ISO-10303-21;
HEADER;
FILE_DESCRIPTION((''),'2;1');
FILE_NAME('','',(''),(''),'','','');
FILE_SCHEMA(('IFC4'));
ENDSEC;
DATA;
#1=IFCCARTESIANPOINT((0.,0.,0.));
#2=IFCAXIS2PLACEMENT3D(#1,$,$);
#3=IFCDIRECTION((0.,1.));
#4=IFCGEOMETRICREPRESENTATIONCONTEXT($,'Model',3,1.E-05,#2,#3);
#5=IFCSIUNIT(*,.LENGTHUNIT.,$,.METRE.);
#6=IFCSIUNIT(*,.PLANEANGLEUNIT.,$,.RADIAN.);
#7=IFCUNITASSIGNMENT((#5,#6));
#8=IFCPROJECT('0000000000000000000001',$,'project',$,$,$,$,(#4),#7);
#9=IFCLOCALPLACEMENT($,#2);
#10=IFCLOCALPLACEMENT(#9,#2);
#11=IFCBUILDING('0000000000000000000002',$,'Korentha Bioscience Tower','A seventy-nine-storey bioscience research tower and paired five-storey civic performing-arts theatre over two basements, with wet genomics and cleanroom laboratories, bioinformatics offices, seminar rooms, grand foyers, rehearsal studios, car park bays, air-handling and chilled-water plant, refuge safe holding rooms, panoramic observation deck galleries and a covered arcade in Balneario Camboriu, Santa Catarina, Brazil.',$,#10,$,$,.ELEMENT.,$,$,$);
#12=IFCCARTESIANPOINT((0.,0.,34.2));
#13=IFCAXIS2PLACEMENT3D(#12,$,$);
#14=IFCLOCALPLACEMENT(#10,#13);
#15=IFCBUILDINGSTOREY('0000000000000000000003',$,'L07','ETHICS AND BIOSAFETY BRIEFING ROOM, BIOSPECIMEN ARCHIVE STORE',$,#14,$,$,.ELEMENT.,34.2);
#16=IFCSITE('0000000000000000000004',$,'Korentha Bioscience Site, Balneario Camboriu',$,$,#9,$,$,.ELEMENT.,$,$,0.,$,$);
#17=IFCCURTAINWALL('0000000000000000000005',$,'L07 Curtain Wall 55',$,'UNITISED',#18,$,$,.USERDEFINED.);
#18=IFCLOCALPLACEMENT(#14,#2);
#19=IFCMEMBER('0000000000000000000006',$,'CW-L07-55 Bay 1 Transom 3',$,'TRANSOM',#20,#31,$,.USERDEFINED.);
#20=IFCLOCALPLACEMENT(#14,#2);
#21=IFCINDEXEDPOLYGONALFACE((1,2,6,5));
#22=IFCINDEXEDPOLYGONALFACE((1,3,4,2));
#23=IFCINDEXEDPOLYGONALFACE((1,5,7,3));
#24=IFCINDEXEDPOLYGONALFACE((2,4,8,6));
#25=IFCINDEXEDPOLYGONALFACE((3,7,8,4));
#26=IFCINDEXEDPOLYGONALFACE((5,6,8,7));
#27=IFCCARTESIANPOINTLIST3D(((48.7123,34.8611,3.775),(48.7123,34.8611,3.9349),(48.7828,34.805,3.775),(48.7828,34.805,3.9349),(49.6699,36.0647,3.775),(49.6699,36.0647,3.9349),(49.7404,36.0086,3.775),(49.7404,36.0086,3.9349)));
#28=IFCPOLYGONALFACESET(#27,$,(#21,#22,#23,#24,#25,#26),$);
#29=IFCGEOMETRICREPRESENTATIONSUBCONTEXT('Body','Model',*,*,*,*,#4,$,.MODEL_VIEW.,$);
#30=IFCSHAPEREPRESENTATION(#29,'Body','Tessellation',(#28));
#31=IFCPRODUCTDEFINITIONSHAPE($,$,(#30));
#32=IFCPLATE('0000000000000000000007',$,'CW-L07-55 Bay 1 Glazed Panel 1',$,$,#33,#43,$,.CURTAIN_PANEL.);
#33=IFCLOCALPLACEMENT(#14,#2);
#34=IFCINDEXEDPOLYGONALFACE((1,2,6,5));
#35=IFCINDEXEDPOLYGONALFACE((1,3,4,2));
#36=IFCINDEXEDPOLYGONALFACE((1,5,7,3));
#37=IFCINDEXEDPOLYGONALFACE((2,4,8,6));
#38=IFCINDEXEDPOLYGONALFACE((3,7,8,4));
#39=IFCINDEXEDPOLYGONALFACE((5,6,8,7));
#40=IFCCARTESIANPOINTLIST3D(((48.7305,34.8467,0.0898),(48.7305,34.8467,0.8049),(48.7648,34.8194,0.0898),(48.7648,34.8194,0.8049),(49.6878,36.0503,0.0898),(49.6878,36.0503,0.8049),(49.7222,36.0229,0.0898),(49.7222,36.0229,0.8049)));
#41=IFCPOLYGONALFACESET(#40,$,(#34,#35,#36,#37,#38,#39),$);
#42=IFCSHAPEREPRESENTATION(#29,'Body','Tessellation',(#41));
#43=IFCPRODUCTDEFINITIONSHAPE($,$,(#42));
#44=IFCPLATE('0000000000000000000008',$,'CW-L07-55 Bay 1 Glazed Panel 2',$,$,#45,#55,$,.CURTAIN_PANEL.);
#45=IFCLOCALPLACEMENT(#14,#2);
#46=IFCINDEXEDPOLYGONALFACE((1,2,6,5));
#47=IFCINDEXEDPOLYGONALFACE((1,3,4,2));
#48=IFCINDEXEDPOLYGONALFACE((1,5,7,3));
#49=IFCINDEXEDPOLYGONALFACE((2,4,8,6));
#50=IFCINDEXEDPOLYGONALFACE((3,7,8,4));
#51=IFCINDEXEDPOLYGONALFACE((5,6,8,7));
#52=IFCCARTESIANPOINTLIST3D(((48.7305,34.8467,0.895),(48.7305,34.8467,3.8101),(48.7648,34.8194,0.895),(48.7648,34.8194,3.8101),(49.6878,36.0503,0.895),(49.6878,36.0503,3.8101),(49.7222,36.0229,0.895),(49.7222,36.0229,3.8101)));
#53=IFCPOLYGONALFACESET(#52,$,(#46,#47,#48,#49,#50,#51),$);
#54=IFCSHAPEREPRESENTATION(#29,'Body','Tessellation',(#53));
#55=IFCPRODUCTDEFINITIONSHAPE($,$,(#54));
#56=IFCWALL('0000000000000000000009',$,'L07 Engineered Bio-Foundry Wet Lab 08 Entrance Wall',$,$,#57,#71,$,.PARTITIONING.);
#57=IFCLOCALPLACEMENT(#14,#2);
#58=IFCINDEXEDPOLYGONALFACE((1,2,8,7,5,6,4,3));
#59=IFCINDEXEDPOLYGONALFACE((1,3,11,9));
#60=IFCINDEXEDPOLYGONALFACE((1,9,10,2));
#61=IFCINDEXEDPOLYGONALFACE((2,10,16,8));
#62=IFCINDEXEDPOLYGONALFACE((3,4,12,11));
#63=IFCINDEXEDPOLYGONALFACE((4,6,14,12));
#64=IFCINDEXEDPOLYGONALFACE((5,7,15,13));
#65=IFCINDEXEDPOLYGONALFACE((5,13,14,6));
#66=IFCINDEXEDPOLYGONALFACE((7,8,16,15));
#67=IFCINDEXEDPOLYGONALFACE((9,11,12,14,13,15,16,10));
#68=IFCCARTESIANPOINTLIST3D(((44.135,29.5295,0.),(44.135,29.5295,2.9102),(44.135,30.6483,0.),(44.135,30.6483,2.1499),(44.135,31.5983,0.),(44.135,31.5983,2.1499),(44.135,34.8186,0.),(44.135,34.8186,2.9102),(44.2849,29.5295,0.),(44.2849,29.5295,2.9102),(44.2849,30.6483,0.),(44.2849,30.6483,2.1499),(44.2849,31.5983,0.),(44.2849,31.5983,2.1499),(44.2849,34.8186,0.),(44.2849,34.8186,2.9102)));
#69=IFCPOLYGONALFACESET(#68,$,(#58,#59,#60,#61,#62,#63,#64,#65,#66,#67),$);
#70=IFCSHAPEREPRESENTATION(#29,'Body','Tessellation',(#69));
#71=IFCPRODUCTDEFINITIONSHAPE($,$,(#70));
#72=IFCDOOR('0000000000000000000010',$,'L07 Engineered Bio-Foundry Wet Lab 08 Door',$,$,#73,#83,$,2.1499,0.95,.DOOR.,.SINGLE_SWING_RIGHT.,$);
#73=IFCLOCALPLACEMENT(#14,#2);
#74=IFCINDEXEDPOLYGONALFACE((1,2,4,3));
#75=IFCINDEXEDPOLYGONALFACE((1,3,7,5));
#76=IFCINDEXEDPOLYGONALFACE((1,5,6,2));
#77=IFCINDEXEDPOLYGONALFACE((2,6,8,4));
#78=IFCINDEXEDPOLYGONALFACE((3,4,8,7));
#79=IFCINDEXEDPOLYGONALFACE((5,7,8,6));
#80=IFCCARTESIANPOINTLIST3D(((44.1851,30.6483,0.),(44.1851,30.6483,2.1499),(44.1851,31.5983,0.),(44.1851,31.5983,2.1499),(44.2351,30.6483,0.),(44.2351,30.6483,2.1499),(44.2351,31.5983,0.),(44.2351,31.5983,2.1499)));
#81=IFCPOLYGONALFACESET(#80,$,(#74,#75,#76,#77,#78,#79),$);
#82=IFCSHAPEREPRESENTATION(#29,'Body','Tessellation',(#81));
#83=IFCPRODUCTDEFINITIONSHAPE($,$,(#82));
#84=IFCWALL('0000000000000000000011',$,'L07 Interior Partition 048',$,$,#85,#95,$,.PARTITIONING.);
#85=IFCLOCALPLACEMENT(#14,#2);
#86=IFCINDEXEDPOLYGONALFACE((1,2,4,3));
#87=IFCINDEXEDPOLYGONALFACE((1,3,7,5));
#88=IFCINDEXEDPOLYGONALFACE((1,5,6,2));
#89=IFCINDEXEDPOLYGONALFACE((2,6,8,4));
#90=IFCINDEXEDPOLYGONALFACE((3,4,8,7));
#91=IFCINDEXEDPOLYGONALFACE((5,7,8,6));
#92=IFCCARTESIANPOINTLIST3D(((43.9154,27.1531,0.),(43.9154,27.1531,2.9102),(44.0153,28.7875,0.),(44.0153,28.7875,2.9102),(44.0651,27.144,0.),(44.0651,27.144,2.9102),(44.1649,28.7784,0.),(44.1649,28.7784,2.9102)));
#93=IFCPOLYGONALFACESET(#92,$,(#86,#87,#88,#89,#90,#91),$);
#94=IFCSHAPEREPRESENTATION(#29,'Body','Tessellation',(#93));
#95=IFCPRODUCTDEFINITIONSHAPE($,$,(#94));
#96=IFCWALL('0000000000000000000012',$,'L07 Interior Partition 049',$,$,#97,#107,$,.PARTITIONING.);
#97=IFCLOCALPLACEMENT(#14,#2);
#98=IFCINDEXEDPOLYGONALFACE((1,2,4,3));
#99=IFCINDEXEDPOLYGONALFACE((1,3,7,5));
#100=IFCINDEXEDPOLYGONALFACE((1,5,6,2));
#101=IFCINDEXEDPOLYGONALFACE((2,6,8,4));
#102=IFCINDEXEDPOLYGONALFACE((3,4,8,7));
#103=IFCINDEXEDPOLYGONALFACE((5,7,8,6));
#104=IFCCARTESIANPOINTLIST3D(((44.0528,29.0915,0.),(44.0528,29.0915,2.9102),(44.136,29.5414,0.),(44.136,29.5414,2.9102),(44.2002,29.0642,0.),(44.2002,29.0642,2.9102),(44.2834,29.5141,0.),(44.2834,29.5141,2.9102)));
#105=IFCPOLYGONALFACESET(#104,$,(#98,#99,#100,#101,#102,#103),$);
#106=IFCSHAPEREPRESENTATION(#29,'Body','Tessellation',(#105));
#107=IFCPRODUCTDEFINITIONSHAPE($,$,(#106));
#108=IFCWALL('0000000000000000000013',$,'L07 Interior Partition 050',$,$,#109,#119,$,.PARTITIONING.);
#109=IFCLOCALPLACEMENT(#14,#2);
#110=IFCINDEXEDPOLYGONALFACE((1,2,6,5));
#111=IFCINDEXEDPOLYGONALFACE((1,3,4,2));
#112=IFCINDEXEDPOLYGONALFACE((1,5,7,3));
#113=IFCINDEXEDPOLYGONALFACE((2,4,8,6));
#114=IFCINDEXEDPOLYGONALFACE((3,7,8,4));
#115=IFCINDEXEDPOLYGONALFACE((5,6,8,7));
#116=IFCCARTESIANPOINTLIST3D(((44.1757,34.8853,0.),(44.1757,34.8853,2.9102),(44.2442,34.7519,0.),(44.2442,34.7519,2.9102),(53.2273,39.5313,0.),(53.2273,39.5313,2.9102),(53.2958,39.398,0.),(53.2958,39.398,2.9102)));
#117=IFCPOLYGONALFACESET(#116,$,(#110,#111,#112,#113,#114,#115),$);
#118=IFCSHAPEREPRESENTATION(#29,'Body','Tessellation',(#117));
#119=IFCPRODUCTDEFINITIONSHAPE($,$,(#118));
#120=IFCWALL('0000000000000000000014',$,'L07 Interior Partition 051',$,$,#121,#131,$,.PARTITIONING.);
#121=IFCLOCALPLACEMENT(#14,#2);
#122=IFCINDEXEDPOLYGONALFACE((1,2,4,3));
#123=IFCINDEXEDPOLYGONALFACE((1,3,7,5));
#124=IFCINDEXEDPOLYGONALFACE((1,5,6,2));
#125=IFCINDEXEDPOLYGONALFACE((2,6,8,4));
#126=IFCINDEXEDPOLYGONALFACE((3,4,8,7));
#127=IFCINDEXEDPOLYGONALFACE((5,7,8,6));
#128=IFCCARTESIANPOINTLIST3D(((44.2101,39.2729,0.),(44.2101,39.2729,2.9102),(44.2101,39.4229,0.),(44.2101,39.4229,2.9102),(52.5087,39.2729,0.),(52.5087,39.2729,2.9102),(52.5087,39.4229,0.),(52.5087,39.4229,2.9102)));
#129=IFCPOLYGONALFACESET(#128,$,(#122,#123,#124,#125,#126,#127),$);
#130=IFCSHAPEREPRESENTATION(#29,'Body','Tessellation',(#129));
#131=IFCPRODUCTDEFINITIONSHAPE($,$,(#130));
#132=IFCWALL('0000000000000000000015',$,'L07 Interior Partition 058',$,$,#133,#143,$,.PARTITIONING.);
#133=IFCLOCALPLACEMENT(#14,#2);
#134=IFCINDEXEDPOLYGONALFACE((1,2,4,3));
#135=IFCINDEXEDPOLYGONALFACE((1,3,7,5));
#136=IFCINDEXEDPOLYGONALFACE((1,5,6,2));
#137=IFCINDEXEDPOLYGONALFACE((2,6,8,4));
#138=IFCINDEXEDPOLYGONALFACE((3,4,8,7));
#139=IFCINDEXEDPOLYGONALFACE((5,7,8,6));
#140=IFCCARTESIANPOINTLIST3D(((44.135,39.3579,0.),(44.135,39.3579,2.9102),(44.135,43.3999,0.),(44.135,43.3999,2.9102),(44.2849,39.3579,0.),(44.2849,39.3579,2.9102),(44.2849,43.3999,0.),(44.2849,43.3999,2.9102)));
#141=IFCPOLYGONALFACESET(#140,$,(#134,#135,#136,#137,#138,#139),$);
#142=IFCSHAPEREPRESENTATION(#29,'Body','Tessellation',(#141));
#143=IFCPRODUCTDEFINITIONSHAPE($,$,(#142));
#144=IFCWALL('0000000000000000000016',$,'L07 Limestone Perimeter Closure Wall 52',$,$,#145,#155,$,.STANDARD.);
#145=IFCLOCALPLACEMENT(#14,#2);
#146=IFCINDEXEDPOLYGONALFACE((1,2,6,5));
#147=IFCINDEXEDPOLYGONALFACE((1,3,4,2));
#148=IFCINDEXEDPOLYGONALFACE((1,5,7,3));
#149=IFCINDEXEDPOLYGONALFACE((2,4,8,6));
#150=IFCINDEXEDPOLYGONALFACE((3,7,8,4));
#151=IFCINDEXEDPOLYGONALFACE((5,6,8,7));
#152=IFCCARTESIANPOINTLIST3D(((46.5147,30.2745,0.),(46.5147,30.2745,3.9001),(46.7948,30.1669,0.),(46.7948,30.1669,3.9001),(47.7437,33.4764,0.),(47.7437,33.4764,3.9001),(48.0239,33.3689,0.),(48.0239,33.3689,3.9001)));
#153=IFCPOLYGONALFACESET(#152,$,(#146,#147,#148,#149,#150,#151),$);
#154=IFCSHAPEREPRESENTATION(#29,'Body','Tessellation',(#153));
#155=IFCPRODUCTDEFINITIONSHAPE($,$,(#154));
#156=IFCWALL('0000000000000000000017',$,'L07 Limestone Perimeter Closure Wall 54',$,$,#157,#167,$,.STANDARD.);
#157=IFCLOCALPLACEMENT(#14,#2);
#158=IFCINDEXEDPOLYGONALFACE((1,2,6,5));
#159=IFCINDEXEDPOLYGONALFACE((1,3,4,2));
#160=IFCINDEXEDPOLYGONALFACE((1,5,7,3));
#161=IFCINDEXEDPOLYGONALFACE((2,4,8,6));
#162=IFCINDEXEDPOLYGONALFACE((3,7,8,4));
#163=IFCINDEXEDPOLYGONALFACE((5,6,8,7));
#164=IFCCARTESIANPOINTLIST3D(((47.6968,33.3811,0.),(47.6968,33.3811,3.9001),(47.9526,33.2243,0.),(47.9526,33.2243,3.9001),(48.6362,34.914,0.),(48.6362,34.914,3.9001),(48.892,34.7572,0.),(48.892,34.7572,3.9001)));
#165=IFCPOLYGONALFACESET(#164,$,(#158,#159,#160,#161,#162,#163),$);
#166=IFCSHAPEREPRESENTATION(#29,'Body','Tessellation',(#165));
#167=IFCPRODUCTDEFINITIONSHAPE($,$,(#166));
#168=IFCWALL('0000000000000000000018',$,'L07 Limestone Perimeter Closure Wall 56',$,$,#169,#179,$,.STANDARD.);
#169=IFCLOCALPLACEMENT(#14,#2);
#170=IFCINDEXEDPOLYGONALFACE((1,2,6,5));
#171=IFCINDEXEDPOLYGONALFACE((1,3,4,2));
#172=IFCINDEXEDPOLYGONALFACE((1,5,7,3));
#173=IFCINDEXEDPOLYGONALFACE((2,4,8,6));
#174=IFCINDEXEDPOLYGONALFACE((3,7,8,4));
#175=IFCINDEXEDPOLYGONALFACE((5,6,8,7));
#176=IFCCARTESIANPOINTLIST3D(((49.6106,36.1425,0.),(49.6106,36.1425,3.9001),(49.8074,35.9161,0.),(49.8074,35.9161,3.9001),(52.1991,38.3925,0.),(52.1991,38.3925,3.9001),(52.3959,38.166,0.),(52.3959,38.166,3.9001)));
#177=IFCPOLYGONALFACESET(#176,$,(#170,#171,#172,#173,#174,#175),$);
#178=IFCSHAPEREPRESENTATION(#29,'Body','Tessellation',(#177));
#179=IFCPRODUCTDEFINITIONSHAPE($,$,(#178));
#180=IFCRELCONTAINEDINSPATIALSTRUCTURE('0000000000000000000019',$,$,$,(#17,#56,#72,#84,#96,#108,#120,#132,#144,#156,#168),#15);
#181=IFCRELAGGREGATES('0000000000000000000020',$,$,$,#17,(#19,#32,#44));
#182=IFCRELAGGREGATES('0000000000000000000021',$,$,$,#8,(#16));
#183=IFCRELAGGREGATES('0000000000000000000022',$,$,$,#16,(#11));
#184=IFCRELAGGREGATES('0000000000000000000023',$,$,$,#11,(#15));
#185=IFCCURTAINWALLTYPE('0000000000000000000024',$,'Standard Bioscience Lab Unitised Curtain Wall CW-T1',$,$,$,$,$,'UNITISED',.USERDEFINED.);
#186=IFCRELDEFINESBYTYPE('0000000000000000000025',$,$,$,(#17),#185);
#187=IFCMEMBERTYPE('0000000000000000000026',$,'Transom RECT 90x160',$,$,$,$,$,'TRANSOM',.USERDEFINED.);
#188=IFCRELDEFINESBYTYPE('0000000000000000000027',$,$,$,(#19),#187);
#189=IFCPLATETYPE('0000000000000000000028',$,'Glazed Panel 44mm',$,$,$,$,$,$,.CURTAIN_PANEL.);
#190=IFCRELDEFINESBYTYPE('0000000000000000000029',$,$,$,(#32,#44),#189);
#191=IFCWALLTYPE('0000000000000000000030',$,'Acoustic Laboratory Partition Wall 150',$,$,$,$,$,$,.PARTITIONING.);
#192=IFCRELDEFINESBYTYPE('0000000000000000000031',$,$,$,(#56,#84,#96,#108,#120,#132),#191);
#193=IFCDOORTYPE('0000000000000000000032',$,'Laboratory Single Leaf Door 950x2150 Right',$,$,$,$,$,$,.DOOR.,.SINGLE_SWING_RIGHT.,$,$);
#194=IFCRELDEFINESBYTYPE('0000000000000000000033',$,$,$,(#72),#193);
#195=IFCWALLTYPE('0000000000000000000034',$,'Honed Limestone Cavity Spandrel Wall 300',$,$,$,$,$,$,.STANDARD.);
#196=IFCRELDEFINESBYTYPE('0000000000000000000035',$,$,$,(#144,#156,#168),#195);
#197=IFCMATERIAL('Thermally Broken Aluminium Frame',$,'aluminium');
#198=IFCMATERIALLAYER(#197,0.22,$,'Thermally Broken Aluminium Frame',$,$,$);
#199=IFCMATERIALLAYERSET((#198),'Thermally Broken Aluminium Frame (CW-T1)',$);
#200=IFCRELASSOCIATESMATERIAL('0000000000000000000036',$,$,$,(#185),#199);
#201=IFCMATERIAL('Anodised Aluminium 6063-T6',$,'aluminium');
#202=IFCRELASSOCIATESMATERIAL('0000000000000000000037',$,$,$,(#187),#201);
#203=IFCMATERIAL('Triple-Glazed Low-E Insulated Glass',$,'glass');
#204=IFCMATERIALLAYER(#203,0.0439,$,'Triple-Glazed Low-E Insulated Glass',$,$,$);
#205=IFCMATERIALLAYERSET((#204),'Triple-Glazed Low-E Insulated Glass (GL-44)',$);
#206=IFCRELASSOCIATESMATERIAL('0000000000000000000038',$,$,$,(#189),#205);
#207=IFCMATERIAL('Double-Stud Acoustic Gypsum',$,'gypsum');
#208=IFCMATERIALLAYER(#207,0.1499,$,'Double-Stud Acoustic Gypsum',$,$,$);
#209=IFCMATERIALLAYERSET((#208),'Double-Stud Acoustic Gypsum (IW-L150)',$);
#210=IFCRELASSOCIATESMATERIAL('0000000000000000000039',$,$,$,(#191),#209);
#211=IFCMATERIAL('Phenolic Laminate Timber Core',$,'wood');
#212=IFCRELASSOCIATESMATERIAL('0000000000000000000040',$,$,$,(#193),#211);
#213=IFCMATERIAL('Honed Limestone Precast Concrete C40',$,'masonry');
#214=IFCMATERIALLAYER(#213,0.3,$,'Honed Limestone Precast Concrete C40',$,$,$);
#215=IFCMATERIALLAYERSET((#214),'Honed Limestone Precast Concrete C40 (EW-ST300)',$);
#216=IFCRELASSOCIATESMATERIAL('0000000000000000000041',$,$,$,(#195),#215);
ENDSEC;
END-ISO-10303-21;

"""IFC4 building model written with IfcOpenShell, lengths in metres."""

from ifc_helpers import new_model, si_unit, direction, frame, frame_2d, origin, origin_2d, place, context, subcontext, project, spatial, rectangle, extrude, material, layer, layer_set, material_profile, profile_set, type_object, element, fill, aggregate, save


model = new_model("IFC4")

# Units and contexts
model_context = context("Model", 3, precision=1e-05, world=origin(), true_north=direction((0.0, 1.0)))
body_context = subcontext(model_context, "Body", "Model", "MODEL_VIEW")
ifc_project = project(units=[si_unit("LENGTHUNIT", "METRE"), si_unit("PLANEANGLEUNIT", "RADIAN")], contexts=[model_context])

# Site, building, storey
site_placement = place(None, origin())
site = spatial("IfcSite", under=ifc_project, at=site_placement, Name="Korentha Bioscience Site, Balneario Camboriu", CompositionType="ELEMENT", RefElevation=0.0)
building_placement = place(site_placement, origin())
building = spatial("IfcBuilding", under=site, at=building_placement, Name="Korentha Bioscience Tower", Description="A seventy-nine-storey bioscience research tower and paired five-storey civic performing-arts theatre over two basements, with wet genomics and cleanroom laboratories, bioinformatics offices, seminar rooms, grand foyers, rehearsal studios, car park bays, air-handling and chilled-water plant, refuge safe holding rooms, panoramic observation deck galleries and a covered arcade in Balneario Camboriu, Santa Catarina, Brazil.", CompositionType="ELEMENT")
storey_placement = place(building_placement, frame((0.0, 0.0, 34.2)))
storey = spatial("IfcBuildingStorey", under=building, at=storey_placement, Name="L07", Description="ETHICS AND BIOSAFETY BRIEFING ROOM, BIOSPECIMEN ARCHIVE STORE", CompositionType="ELEMENT", Elevation=34.2)

# Shared definitions
ifc_material_1 = material(Name="Thermally Broken Aluminium Frame", Category="aluminium")
ifc_layer_1 = layer(ifc_material_1, 0.22, Name="Thermally Broken Aluminium Frame")
ifc_layer_set_1 = layer_set([ifc_layer_1], Name="Thermally Broken Aluminium Frame (CW-T1)")
curtain_wall_type = type_object("IfcCurtainWallType", Name="Standard Bioscience Lab Unitised Curtain Wall CW-T1", ElementType="UNITISED", PredefinedType="USERDEFINED", material=ifc_layer_set_1)
ifc_material_2 = material(Name="Anodised Aluminium 6063-T6", Category="aluminium")

# Curtain wall
curtain_wall_1_placement = place(storey_placement, origin())
curtain_wall_1 = element("IfcCurtainWall", 1, at=curtain_wall_1_placement, inside=storey, type_object=curtain_wall_type, Name="L07 Curtain Wall 55", ObjectType="UNITISED", PredefinedType="USERDEFINED")

# Member
ifc_material_profile_1 = material_profile(ifc_material_2, rectangle(XDim=0.0901, YDim=0.1599, at=origin_2d()), Name="Anodised Aluminium 6063-T6")
ifc_profile_set_1 = profile_set([ifc_material_profile_1], Name="Anodised Aluminium 6063-T6 (CW-TRN)")
member_type_1 = type_object("IfcMemberType", Name="Transom RECT 90x160", ElementType="TRANSOM", PredefinedType="USERDEFINED", material=ifc_profile_set_1)
member_1_placement = place(storey_placement, frame((48.7476, 34.833, 3.855), z_axis=(0.622563, 0.782569, 0.0), x_axis=(-0.782569, 0.622563, 0.0)))
member_1 = element("IfcMember", 2, at=member_1_placement, type_object=member_type_1, Name="CW-L07-55 Bay 1 Transom 3", ObjectType="TRANSOM", PredefinedType="USERDEFINED", context=body_context, shape_type="SweptSolid", body=[
    extrude(rectangle(XDim=0.0901, YDim=0.1599, at=origin_2d()), origin(), (0.0, 0.0, 1.0), 1.5381),
])

# Plates
ifc_material_3 = material(Name="Triple-Glazed Low-E Insulated Glass", Category="glass")
ifc_layer_2 = layer(ifc_material_3, 0.0439, Name="Triple-Glazed Low-E Insulated Glass")
ifc_layer_set_2 = layer_set([ifc_layer_2], Name="Triple-Glazed Low-E Insulated Glass (GL-44)")
plate_type = type_object("IfcPlateType", Name="Glazed Panel 44mm", PredefinedType="CURTAIN_PANEL", material=ifc_layer_set_2)
plate_1_placement = place(storey_placement, frame((49.2263, 35.4348, 0.0898), z_axis=(0.0, 0.0, 1.0), x_axis=(0.62252, 0.782604, 0.0)))
plate_1 = element("IfcPlate", 3, at=plate_1_placement, type_object=plate_type, Name="CW-L07-55 Bay 1 Glazed Panel 1", PredefinedType="CURTAIN_PANEL", context=body_context, shape_type="SweptSolid", body=[
    extrude(rectangle(XDim=1.5378, YDim=0.0439, at=origin_2d()), origin(), (0.0, 0.0, 1.0), 0.7151),
])
plate_2_placement = place(storey_placement, frame((49.2263, 35.4348, 0.895), z_axis=(0.0, 0.0, 1.0), x_axis=(0.62252, 0.782604, 0.0)))
plate_2 = element("IfcPlate", 4, at=plate_2_placement, type_object=plate_type, Name="CW-L07-55 Bay 1 Glazed Panel 2", PredefinedType="CURTAIN_PANEL", context=body_context, shape_type="SweptSolid", body=[
    extrude(rectangle(XDim=1.5378, YDim=0.0439, at=origin_2d()), origin(), (0.0, 0.0, 1.0), 2.915),
])
aggregate(curtain_wall_1, [member_1, plate_1, plate_2])

# Wall, opening, door
ifc_material_4 = material(Name="Double-Stud Acoustic Gypsum", Category="gypsum")
ifc_layer_3 = layer(ifc_material_4, 0.1499, Name="Double-Stud Acoustic Gypsum")
ifc_layer_set_3 = layer_set([ifc_layer_3], Name="Double-Stud Acoustic Gypsum (IW-L150)")
wall_type_1 = type_object("IfcWallType", Name="Acoustic Laboratory Partition Wall 150", PredefinedType="PARTITIONING", material=ifc_layer_set_3)
wall_1_placement = place(storey_placement, frame((44.21, 29.5295, 0.0), z_axis=(0.0, 0.0, 1.0), x_axis=(0.0, 1.0, 0.0)))
wall_1 = element("IfcWall", 5, at=wall_1_placement, inside=storey, type_object=wall_type_1, Name="L07 Engineered Bio-Foundry Wet Lab 08 Entrance Wall", PredefinedType="PARTITIONING", context=body_context, shape_type="SweptSolid", body=[
    extrude(rectangle(XDim=5.2891, YDim=0.1499, at=frame_2d((2.6445, 0.0))), origin(), (0.0, 0.0, 1.0), 2.9102),
])
opening_1_placement = place(wall_1_placement, frame((1.1187, 0.0, 0.0)))
opening_1 = element("IfcOpeningElement", 6, at=opening_1_placement, cuts=wall_1, PredefinedType="OPENING", context=body_context, shape_type="SweptSolid", body=[
    extrude(rectangle(XDim=0.95, YDim=2.1499, at=frame_2d((0.4751, 1.075))), frame((0.0, 0.0898, 0.0), z_axis=(0.0, -1.0, 0.0), x_axis=(1.0, 0.0, 0.0)), (0.0, 0.0, 1.0), 0.1797),
])
ifc_material_5 = material(Name="Phenolic Laminate Timber Core", Category="wood")
door_type_1 = type_object("IfcDoorType", Name="Laboratory Single Leaf Door 950x2150 Right", OperationType="SINGLE_SWING_RIGHT", PredefinedType="DOOR", material=ifc_material_5)
door_1_placement = place(opening_1_placement, origin())
door_1 = element("IfcDoor", 7, at=door_1_placement, inside=storey, type_object=door_type_1, Name="L07 Engineered Bio-Foundry Wet Lab 08 Door", OperationType="SINGLE_SWING_RIGHT", OverallHeight=2.1499, OverallWidth=0.95, PredefinedType="DOOR", context=body_context, shape_type="SweptSolid", body=[
    extrude(rectangle(XDim=0.95, YDim=2.1499, at=frame_2d((0.4751, 1.075))), frame((0.0, 0.0249, 0.0), z_axis=(0.0, -1.0, 0.0), x_axis=(1.0, 0.0, 0.0)), (0.0, 0.0, 1.0), 0.05),
])
fill(opening_1, door_1)

# Walls
wall_2_placement = place(storey_placement, frame((43.9902, 27.1484, 0.0), z_axis=(0.0, 0.0, 1.0), x_axis=(0.060977, 0.998139, 0.0)))
element("IfcWall", 8, at=wall_2_placement, inside=storey, type_object=wall_type_1, Name="L07 Interior Partition 048", PredefinedType="PARTITIONING", context=body_context, shape_type="SweptSolid", body=[
    extrude(rectangle(XDim=1.6375, YDim=0.1499, at=frame_2d((0.8188, 0.0))), origin(), (0.0, 0.0, 1.0), 2.9102),
])
wall_3_placement = place(storey_placement, frame((44.1265, 29.0779, 0.0), z_axis=(0.0, 0.0, 1.0), x_axis=(0.181936, 0.98331, 0.0)))
element("IfcWall", 9, at=wall_3_placement, inside=storey, type_object=wall_type_1, Name="L07 Interior Partition 049", PredefinedType="PARTITIONING", context=body_context, shape_type="SweptSolid", body=[
    extrude(rectangle(XDim=0.4575, YDim=0.1499, at=frame_2d((0.2288, 0.0))), origin(), (0.0, 0.0, 1.0), 2.9102),
])
wall_4_placement = place(storey_placement, frame((44.21, 34.8186, 0.0), z_axis=(0.0, 0.0, 1.0), x_axis=(0.88965, 0.456643, 0.0)))
element("IfcWall", 10, at=wall_4_placement, inside=storey, type_object=wall_type_1, Name="L07 Interior Partition 050", PredefinedType="PARTITIONING", context=body_context, shape_type="SweptSolid", body=[
    extrude(rectangle(XDim=10.1743, YDim=0.1499, at=frame_2d((5.0872, 0.0))), origin(), (0.0, 0.0, 1.0), 2.9102),
])
wall_5_placement = place(storey_placement, frame((44.21, 39.3479, 0.0), z_axis=(0.0, 0.0, 1.0), x_axis=(1.0, 0.0, 0.0)))
element("IfcWall", 11, at=wall_5_placement, inside=storey, type_object=wall_type_1, Name="L07 Interior Partition 051", PredefinedType="PARTITIONING", context=body_context, shape_type="SweptSolid", body=[
    extrude(rectangle(XDim=8.2986, YDim=0.1499, at=frame_2d((4.1494, 0.0))), origin(), (0.0, 0.0, 1.0), 2.9102),
])
wall_6_placement = place(storey_placement, frame((44.21, 39.3579, 0.0), z_axis=(0.0, 0.0, 1.0), x_axis=(0.0, 1.0, 0.0)))
element("IfcWall", 12, at=wall_6_placement, inside=storey, type_object=wall_type_1, Name="L07 Interior Partition 058", PredefinedType="PARTITIONING", context=body_context, shape_type="SweptSolid", body=[
    extrude(rectangle(XDim=4.042, YDim=0.1499, at=frame_2d((2.021, 0.0))), origin(), (0.0, 0.0, 1.0), 2.9102),
])
ifc_material_6 = material(Name="Honed Limestone Precast Concrete C40", Category="masonry")
ifc_layer_4 = layer(ifc_material_6, 0.3, Name="Honed Limestone Precast Concrete C40")
ifc_layer_set_4 = layer_set([ifc_layer_4], Name="Honed Limestone Precast Concrete C40 (EW-ST300)")
wall_type_2 = type_object("IfcWallType", Name="Honed Limestone Cavity Spandrel Wall 300", PredefinedType="STANDARD", material=ifc_layer_set_4)
wall_7_placement = place(storey_placement, frame((46.6548, 30.2207, 0.0), z_axis=(0.0, 0.0, 1.0), x_axis=(0.358345, 0.933589, 0.0)))
element("IfcWall", 13, at=wall_7_placement, inside=storey, type_object=wall_type_2, Name="L07 Limestone Perimeter Closure Wall 52", PredefinedType="STANDARD", context=body_context, shape_type="SweptSolid", body=[
    extrude(rectangle(XDim=3.4297, YDim=0.3, at=frame_2d((1.7148, 0.0))), origin(), (0.0, 0.0, 1.0), 3.9001),
])
wall_8_placement = place(storey_placement, frame((47.8247, 33.3027, 0.0), z_axis=(0.0, 0.0, 1.0), x_axis=(0.522521, 0.852627, 0.0)))
element("IfcWall", 14, at=wall_8_placement, inside=storey, type_object=wall_type_2, Name="L07 Limestone Perimeter Closure Wall 54", PredefinedType="STANDARD", context=body_context, shape_type="SweptSolid", body=[
    extrude(rectangle(XDim=1.7979, YDim=0.3, at=frame_2d((0.8989, 0.0))), origin(), (0.0, 0.0, 1.0), 3.9001),
])
wall_9_placement = place(storey_placement, frame((49.709, 36.0293, 0.0), z_axis=(0.0, 0.0, 1.0), x_axis=(0.754746, 0.656017, 0.0)))
element("IfcWall", 15, at=wall_9_placement, inside=storey, type_object=wall_type_2, Name="L07 Limestone Perimeter Closure Wall 56", PredefinedType="STANDARD", context=body_context, shape_type="SweptSolid", body=[
    extrude(rectangle(XDim=3.4297, YDim=0.3, at=frame_2d((1.7148, 0.0))), origin(), (0.0, 0.0, 1.0), 3.9001),
])

save(model, "model.ifc")
